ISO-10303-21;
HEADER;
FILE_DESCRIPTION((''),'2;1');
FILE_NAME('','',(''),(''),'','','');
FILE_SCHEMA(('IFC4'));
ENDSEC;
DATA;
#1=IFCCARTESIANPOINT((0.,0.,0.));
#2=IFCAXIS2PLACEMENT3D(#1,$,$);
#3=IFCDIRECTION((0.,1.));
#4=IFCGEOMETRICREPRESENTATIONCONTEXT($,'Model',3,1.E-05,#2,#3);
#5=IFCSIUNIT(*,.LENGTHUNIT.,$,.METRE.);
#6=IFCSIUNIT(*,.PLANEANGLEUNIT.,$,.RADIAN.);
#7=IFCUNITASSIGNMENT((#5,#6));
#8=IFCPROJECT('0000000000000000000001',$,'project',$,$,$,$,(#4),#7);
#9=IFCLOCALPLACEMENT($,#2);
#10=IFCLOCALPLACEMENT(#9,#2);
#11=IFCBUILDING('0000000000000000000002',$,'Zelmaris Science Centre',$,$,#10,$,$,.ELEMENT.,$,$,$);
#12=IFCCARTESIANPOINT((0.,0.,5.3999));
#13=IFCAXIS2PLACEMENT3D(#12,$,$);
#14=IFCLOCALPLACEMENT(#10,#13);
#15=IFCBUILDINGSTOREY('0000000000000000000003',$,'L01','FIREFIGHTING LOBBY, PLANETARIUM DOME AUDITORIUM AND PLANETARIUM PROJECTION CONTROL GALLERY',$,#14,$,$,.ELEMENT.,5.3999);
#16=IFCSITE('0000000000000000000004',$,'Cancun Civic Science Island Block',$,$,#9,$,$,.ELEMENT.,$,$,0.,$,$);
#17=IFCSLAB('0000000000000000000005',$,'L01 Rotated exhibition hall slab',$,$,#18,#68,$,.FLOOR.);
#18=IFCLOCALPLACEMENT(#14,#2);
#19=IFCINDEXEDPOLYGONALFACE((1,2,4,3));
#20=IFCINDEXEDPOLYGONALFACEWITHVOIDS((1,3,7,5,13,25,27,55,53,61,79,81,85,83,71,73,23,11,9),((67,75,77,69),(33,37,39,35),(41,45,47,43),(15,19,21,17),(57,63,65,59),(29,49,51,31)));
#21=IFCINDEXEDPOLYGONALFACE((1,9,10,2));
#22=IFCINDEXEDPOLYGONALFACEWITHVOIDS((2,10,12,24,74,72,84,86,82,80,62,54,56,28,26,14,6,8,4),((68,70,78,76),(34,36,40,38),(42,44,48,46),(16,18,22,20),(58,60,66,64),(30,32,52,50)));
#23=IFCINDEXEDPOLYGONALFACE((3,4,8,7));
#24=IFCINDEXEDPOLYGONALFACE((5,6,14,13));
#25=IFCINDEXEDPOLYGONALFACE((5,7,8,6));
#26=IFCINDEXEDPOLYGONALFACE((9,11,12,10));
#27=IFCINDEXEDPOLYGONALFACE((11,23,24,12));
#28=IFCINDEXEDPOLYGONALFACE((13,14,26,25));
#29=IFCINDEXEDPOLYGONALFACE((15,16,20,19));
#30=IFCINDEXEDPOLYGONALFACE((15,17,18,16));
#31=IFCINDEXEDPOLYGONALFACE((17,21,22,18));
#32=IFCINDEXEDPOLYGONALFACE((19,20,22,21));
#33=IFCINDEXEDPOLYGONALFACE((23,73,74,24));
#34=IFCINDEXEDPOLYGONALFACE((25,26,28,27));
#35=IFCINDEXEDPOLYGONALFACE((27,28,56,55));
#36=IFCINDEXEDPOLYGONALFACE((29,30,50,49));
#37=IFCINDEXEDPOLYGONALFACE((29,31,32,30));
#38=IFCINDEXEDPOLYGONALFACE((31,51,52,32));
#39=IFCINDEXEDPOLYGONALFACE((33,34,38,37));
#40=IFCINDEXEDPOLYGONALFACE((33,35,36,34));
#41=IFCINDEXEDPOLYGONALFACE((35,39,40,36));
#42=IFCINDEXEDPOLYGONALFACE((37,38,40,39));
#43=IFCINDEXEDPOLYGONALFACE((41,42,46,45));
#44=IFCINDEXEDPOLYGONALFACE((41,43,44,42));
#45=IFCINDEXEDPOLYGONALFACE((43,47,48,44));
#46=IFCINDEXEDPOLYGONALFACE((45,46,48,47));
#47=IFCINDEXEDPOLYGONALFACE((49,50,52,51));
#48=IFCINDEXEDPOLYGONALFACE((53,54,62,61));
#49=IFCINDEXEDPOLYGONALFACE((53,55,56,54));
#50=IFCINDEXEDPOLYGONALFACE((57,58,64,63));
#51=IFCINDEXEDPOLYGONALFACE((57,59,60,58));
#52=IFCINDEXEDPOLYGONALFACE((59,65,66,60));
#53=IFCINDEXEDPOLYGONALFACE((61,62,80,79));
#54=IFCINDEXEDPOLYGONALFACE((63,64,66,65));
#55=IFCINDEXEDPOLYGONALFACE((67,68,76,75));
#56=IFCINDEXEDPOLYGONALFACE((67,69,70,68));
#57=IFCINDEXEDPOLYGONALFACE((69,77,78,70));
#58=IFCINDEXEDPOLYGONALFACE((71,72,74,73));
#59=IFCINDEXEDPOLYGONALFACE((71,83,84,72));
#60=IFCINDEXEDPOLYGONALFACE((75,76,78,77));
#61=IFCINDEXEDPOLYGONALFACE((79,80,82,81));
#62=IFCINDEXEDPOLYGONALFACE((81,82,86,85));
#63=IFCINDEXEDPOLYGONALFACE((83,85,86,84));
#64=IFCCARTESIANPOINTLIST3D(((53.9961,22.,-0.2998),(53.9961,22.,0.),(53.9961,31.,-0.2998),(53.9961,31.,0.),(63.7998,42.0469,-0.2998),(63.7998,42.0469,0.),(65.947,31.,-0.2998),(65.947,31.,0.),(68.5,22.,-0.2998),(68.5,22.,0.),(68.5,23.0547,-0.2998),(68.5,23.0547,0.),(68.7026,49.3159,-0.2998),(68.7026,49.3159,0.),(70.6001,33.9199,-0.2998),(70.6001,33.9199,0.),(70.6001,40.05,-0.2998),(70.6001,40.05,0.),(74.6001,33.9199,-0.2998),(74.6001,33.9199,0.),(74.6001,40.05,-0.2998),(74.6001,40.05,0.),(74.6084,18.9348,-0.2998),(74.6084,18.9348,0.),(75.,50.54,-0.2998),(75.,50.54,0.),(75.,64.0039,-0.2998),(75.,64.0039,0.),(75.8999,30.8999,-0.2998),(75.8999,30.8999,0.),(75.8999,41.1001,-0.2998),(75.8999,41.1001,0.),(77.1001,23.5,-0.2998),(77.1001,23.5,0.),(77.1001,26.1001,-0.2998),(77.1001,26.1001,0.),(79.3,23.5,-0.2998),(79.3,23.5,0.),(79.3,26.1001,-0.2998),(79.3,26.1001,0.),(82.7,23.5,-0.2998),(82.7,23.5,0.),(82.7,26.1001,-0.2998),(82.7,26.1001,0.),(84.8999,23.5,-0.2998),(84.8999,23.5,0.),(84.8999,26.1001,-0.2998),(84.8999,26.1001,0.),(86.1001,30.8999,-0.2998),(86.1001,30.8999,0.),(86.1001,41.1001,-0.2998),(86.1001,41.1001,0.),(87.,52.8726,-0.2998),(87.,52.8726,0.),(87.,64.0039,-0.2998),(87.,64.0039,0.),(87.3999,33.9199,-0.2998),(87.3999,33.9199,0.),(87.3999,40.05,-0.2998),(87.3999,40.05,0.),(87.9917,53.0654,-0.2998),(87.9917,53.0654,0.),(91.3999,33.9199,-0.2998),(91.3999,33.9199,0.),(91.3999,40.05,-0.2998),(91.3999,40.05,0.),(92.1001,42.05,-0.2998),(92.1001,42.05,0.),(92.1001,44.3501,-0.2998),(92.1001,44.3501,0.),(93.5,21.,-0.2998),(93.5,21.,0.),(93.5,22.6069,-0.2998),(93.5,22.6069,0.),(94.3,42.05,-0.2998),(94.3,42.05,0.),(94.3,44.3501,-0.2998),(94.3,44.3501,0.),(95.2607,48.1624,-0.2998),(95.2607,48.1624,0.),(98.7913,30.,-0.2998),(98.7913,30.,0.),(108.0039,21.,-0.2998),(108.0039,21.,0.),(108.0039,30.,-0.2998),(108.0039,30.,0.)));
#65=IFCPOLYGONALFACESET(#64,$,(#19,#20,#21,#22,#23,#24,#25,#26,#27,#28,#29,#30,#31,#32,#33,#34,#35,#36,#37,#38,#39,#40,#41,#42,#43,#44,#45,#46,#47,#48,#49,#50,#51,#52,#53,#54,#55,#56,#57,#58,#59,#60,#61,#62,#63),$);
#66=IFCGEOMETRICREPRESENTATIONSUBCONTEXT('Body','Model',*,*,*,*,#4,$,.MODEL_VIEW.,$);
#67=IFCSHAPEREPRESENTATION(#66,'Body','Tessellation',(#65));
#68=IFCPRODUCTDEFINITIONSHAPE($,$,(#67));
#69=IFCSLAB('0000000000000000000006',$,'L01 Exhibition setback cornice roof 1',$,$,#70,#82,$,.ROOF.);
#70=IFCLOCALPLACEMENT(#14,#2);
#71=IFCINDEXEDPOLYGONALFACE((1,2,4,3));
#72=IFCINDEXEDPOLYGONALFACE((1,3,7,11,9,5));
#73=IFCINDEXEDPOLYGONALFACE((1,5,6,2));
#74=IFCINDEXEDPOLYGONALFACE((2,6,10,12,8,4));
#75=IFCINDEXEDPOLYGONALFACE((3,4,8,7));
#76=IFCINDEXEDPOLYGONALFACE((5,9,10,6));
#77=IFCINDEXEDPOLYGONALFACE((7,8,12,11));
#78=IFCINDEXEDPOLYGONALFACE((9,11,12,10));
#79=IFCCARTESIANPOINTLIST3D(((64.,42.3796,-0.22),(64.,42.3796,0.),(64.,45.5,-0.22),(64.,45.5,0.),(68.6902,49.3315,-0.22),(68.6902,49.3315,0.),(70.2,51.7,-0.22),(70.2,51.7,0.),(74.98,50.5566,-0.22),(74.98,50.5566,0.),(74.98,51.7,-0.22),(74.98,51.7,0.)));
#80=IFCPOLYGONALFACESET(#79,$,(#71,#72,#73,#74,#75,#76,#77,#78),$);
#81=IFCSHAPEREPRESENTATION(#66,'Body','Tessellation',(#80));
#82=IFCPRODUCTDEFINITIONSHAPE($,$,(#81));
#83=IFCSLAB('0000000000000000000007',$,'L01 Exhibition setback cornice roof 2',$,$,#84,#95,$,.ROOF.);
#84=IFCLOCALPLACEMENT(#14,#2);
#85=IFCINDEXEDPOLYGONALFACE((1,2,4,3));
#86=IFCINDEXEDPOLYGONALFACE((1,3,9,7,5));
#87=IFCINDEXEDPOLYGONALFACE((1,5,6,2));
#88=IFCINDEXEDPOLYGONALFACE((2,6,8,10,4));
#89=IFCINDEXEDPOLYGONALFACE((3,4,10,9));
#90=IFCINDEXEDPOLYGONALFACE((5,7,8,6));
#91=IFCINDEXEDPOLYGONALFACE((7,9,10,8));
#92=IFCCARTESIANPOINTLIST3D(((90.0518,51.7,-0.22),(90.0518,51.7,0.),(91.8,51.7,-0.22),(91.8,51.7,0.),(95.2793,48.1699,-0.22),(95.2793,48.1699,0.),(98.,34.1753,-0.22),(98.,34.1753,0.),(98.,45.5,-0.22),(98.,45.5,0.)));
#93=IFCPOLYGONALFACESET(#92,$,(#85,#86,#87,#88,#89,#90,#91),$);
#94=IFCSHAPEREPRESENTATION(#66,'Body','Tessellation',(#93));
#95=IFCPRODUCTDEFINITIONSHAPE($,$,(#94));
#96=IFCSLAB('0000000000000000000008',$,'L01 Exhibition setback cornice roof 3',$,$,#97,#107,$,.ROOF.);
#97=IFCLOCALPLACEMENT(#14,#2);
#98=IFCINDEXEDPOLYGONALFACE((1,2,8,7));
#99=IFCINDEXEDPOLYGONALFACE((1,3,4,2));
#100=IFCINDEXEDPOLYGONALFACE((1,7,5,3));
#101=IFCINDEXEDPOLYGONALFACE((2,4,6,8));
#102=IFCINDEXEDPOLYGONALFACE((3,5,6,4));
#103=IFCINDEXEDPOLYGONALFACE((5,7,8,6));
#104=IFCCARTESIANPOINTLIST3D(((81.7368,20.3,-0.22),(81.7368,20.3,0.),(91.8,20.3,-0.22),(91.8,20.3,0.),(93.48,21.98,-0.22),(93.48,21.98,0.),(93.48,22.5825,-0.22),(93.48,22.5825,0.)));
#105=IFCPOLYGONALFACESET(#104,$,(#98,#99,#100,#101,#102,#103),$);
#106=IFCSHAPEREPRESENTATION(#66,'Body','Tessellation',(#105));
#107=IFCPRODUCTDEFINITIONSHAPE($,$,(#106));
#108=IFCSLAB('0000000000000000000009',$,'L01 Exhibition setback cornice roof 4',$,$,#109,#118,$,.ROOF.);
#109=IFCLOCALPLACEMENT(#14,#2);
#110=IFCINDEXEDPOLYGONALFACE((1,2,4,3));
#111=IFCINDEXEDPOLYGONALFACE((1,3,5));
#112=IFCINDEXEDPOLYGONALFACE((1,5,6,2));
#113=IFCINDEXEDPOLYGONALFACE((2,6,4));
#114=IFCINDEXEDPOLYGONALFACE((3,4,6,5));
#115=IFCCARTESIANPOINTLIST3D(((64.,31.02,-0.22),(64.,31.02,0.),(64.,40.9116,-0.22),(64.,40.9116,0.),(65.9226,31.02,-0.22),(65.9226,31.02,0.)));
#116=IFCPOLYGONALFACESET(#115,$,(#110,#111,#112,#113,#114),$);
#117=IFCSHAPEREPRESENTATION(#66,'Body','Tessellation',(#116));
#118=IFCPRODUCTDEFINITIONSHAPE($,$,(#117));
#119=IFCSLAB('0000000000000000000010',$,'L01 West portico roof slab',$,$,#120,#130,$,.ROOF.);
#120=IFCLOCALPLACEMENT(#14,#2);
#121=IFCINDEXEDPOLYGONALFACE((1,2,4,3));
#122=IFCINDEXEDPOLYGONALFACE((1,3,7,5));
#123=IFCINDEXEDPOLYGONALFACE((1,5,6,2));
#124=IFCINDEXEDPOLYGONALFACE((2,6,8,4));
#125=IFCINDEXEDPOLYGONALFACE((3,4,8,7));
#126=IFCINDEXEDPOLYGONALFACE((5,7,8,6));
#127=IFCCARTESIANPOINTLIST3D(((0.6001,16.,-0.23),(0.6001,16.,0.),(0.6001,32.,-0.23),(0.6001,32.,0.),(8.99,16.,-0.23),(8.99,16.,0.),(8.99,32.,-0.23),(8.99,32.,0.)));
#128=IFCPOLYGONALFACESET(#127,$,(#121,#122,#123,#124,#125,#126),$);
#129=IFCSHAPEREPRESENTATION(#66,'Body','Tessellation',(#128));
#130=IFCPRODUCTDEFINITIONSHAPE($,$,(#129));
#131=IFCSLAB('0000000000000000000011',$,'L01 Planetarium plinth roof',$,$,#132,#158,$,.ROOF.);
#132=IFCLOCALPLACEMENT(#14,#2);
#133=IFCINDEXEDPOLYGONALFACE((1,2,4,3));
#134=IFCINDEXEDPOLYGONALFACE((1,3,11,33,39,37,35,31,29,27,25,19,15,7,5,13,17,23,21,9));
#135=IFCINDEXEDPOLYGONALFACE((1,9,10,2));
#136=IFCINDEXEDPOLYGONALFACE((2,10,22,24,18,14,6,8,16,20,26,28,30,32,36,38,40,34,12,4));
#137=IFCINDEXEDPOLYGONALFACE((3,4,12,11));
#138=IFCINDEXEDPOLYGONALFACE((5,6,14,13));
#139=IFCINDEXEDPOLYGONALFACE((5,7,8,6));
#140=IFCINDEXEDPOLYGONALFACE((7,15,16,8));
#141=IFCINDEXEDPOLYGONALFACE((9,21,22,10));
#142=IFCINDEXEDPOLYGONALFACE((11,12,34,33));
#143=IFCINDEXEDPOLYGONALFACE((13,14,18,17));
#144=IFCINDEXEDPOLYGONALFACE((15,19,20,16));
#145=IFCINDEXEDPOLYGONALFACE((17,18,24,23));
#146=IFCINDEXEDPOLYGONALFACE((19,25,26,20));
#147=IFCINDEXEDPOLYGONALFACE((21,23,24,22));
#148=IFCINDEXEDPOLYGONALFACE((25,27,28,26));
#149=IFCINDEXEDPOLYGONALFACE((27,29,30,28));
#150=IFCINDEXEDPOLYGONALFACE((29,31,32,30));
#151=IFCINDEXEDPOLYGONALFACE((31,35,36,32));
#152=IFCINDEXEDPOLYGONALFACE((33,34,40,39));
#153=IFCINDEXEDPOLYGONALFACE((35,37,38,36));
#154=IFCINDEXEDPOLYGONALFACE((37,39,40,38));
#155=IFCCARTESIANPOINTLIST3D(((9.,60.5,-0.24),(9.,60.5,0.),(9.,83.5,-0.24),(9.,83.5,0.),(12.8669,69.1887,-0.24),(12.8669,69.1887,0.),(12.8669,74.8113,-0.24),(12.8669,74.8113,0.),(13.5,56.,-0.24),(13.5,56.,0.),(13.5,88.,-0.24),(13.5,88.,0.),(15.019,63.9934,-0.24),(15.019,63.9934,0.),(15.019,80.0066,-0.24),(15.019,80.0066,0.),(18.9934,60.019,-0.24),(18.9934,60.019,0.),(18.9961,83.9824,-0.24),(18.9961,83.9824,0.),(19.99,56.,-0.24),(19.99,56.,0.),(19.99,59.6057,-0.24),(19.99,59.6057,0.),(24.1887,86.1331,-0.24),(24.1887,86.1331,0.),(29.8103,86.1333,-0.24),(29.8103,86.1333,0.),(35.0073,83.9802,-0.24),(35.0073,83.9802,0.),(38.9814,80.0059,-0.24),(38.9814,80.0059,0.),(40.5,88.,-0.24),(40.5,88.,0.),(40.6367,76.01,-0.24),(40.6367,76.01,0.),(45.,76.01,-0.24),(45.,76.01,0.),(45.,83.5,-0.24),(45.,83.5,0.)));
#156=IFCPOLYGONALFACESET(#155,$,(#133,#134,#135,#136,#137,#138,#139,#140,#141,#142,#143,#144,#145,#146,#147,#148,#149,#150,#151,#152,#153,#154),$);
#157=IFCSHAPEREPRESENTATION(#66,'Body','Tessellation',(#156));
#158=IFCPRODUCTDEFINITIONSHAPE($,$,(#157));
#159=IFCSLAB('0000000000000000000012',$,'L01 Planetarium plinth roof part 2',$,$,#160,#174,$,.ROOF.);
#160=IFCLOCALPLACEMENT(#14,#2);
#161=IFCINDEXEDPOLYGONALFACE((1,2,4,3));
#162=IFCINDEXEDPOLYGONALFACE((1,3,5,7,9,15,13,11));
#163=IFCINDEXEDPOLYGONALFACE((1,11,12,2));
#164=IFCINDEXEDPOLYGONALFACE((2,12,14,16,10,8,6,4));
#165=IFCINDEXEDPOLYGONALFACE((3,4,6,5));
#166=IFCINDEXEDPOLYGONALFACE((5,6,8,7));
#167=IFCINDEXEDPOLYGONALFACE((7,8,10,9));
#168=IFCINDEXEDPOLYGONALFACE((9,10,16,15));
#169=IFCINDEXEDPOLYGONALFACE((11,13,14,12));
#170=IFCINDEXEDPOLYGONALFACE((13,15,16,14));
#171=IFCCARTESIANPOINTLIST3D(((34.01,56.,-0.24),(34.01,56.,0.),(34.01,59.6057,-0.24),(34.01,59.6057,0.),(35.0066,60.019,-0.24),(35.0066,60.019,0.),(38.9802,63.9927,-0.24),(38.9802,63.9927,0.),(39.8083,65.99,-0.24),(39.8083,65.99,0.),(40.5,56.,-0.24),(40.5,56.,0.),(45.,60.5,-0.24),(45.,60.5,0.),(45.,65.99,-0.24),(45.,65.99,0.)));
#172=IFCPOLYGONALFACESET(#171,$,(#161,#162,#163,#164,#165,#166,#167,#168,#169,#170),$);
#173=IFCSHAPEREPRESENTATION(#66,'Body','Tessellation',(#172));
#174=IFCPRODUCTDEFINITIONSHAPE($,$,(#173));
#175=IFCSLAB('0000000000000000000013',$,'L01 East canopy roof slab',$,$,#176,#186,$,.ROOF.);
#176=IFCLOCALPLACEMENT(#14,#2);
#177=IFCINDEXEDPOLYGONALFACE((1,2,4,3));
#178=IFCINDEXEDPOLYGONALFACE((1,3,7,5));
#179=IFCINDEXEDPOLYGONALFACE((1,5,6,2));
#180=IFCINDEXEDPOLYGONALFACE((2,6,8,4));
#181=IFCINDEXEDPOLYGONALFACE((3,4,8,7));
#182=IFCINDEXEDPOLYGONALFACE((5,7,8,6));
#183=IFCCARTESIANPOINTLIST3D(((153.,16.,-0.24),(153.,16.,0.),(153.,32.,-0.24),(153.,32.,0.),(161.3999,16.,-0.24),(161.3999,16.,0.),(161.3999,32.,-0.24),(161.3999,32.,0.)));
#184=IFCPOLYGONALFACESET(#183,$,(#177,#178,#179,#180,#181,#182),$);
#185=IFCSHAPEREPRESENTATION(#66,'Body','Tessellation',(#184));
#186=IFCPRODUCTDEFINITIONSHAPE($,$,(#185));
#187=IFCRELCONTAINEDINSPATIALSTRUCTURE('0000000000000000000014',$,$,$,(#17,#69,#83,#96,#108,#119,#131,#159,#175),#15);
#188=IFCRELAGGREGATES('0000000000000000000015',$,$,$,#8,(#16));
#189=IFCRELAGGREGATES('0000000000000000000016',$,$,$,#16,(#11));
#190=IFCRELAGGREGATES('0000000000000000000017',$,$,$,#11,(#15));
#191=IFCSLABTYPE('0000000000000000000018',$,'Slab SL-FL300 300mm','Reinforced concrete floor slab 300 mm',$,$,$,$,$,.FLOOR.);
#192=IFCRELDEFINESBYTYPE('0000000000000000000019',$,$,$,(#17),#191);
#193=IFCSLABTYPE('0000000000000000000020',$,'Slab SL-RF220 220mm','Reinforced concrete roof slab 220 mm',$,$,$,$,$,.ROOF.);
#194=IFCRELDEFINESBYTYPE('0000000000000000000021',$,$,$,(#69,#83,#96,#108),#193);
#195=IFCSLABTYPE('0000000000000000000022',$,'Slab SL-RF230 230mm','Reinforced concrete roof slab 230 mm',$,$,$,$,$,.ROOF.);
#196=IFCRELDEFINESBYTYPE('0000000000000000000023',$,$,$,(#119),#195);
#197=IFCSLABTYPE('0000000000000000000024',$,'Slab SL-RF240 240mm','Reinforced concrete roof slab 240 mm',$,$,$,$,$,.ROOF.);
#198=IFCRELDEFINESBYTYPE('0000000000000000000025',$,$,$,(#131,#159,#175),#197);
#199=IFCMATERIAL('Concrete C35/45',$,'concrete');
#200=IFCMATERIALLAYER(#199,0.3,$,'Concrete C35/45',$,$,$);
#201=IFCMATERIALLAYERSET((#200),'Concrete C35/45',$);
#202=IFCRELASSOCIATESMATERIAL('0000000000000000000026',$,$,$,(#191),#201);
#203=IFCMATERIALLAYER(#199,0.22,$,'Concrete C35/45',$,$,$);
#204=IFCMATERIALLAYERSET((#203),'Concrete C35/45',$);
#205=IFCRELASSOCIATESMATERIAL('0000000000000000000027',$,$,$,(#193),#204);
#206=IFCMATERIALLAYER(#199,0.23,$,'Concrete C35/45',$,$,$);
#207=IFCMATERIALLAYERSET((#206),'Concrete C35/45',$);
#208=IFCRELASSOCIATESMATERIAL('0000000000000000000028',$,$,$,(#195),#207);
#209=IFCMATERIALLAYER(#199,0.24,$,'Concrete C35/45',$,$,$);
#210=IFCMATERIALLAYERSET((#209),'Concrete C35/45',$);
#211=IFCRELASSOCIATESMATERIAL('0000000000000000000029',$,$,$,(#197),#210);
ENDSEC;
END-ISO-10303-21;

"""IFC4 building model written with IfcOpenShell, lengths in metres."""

from ifc_helpers import new_model, si_unit, direction, frame, origin, place, context, subcontext, project, spatial, polyline, outline, extrude, material, layer, layer_set, type_object, element, save


model = new_model("IFC4")

# Units and contexts
model_context = context("Model", 3, precision=1e-05, world=origin(), true_north=direction((0.0, 1.0)))
body_context = subcontext(model_context, "Body", "Model", "MODEL_VIEW")
ifc_project = project(units=[si_unit("LENGTHUNIT", "METRE"), si_unit("PLANEANGLEUNIT", "RADIAN")], contexts=[model_context])

# Site, building, storey
site_placement = place(None, origin())
site = spatial("IfcSite", under=ifc_project, at=site_placement, Name="Cancun Civic Science Island Block", CompositionType="ELEMENT", RefElevation=0.0)
building_placement = place(site_placement, origin())
building = spatial("IfcBuilding", under=site, at=building_placement, Name="Zelmaris Science Centre", CompositionType="ELEMENT")
storey_placement = place(building_placement, frame((0.0, 0.0, 5.3999)))
storey = spatial("IfcBuildingStorey", under=building, at=storey_placement, Name="L01", Description="FIREFIGHTING LOBBY, PLANETARIUM DOME AUDITORIUM AND PLANETARIUM PROJECTION CONTROL GALLERY", CompositionType="ELEMENT", Elevation=5.3999)

# Slabs
ifc_material_1 = material(Name="Concrete C35/45", Category="concrete")
ifc_layer_1 = layer(ifc_material_1, 0.3, Name="Concrete C35/45")
ifc_layer_set_1 = layer_set([ifc_layer_1], Name="Concrete C35/45")
slab_type_1 = type_object("IfcSlabType", Name="Slab SL-FL300 300mm", Description="Reinforced concrete floor slab 300 mm", PredefinedType="FLOOR", material=ifc_layer_set_1)
slab_1_placement = place(storey_placement, frame((0.0, 0.0, -0.2998)))
element("IfcSlab", 1, at=slab_1_placement, inside=storey, type_object=slab_type_1, Name="L01 Rotated exhibition hall slab", PredefinedType="FLOOR", context=body_context, shape_type="SweptSolid", body=[
    extrude(outline(polyline([(75.0, 64.0039), (87.0, 64.0039), (87.0, 52.8726), (87.9917, 53.0654), (95.2607, 48.1624), (98.7913, 30.0), (108.0039, 30.0), (108.0039, 21.0), (93.5, 21.0), (93.5, 22.6069), (74.6084, 18.9348), (68.5, 23.0547), (68.5, 22.0), (53.9961, 22.0), (53.9961, 31.0), (65.947, 31.0), (63.7998, 42.0469), (68.7026, 49.3159), (75.0, 50.54), (75.0, 64.0039)]), holes=[polyline([(75.8999, 30.8999), (86.1001, 30.8999), (86.1001, 41.1001), (75.8999, 41.1001), (75.8999, 30.8999)]), polyline([(74.6001, 33.9199), (74.6001, 40.05), (70.6001, 40.05), (70.6001, 33.9199), (74.6001, 33.9199)]), polyline([(91.3999, 33.9199), (91.3999, 40.05), (87.3999, 40.05), (87.3999, 33.9199), (91.3999, 33.9199)]), polyline([(77.1001, 23.5), (79.3, 23.5), (79.3, 26.1001), (77.1001, 26.1001), (77.1001, 23.5)]), polyline([(82.7, 23.5), (84.8999, 23.5), (84.8999, 26.1001), (82.7, 26.1001), (82.7, 23.5)]), polyline([(92.1001, 42.05), (94.3, 42.05), (94.3, 44.3501), (92.1001, 44.3501), (92.1001, 42.05)])]), origin(), (0.0, 0.0, 1.0), 0.2998),
])
ifc_layer_2 = layer(ifc_material_1, 0.22, Name="Concrete C35/45")
ifc_layer_set_2 = layer_set([ifc_layer_2], Name="Concrete C35/45")
slab_type_2 = type_object("IfcSlabType", Name="Slab SL-RF220 220mm", Description="Reinforced concrete roof slab 220 mm", PredefinedType="ROOF", material=ifc_layer_set_2)
slab_2_placement = place(storey_placement, frame((0.0, 0.0, -0.22)))
element("IfcSlab", 2, at=slab_2_placement, inside=storey, type_object=slab_type_2, Name="L01 Exhibition setback cornice roof 1", PredefinedType="ROOF", context=body_context, shape_type="SweptSolid", body=[
    extrude(outline(polyline([(70.2, 51.7), (74.98, 51.7), (74.98, 50.5566), (68.6902, 49.3315), (64.0, 42.3796), (64.0, 45.5), (70.2, 51.7)])), origin(), (0.0, 0.0, 1.0), 0.22),
])
slab_3_placement = place(storey_placement, frame((0.0, 0.0, -0.22)))
element("IfcSlab", 3, at=slab_3_placement, inside=storey, type_object=slab_type_2, Name="L01 Exhibition setback cornice roof 2", PredefinedType="ROOF", context=body_context, shape_type="SweptSolid", body=[
    extrude(outline(polyline([(98.0, 45.5), (98.0, 34.1753), (95.2793, 48.1699), (90.0518, 51.7), (91.8, 51.7), (98.0, 45.5)])), origin(), (0.0, 0.0, 1.0), 0.22),
])
slab_4_placement = place(storey_placement, frame((0.0, 0.0, -0.22)))
element("IfcSlab", 4, at=slab_4_placement, inside=storey, type_object=slab_type_2, Name="L01 Exhibition setback cornice roof 3", PredefinedType="ROOF", context=body_context, shape_type="SweptSolid", body=[
    extrude(outline(polyline([(81.7368, 20.3), (93.48, 22.5825), (93.48, 21.98), (91.8, 20.3), (81.7368, 20.3)])), origin(), (0.0, 0.0, 1.0), 0.22),
])
slab_5_placement = place(storey_placement, frame((0.0, 0.0, -0.22)))
element("IfcSlab", 5, at=slab_5_placement, inside=storey, type_object=slab_type_2, Name="L01 Exhibition setback cornice roof 4", PredefinedType="ROOF", context=body_context, shape_type="SweptSolid", body=[
    extrude(outline(polyline([(65.9226, 31.02), (64.0, 31.02), (64.0, 40.9116), (65.9226, 31.02)])), origin(), (0.0, 0.0, 1.0), 0.22),
])
ifc_layer_3 = layer(ifc_material_1, 0.23, Name="Concrete C35/45")
ifc_layer_set_3 = layer_set([ifc_layer_3], Name="Concrete C35/45")
slab_type_3 = type_object("IfcSlabType", Name="Slab SL-RF230 230mm", Description="Reinforced concrete roof slab 230 mm", PredefinedType="ROOF", material=ifc_layer_set_3)
slab_6_placement = place(storey_placement, frame((0.0, 0.0, -0.23)))
element("IfcSlab", 6, at=slab_6_placement, inside=storey, type_object=slab_type_3, Name="L01 West portico roof slab", PredefinedType="ROOF", context=body_context, shape_type="SweptSolid", body=[
    extrude(outline(polyline([(0.6001, 16.0), (0.6001, 32.0), (8.99, 32.0), (8.99, 16.0), (0.6001, 16.0)])), origin(), (0.0, 0.0, 1.0), 0.23),
])
ifc_layer_4 = layer(ifc_material_1, 0.24, Name="Concrete C35/45")
ifc_layer_set_4 = layer_set([ifc_layer_4], Name="Concrete C35/45")
slab_type_4 = type_object("IfcSlabType", Name="Slab SL-RF240 240mm", Description="Reinforced concrete roof slab 240 mm", PredefinedType="ROOF", material=ifc_layer_set_4)
slab_7_placement = place(storey_placement, frame((0.0, 0.0, -0.24)))
element("IfcSlab", 7, at=slab_7_placement, inside=storey, type_object=slab_type_4, Name="L01 Planetarium plinth roof", PredefinedType="ROOF", context=body_context, shape_type="SweptSolid", body=[
    extrude(outline(polyline([(13.5, 56.0), (9.0, 60.5), (9.0, 83.5), (13.5, 88.0), (40.5, 88.0), (45.0, 83.5), (45.0, 76.01), (40.6367, 76.01), (38.9814, 80.0059), (35.0073, 83.9802), (29.8103, 86.1333), (24.1887, 86.1331), (18.9961, 83.9824), (15.019, 80.0066), (12.8669, 74.8113), (12.8669, 69.1887), (15.019, 63.9934), (18.9934, 60.019), (19.99, 59.6057), (19.99, 56.0), (13.5, 56.0)])), origin(), (0.0, 0.0, 1.0), 0.24),
])
slab_8_placement = place(storey_placement, frame((0.0, 0.0, -0.24)))
element("IfcSlab", 8, at=slab_8_placement, inside=storey, type_object=slab_type_4, Name="L01 Planetarium plinth roof part 2", PredefinedType="ROOF", context=body_context, shape_type="SweptSolid", body=[
    extrude(outline(polyline([(45.0, 60.5), (40.5, 56.0), (34.01, 56.0), (34.01, 59.6057), (35.0066, 60.019), (38.9802, 63.9927), (39.8083, 65.99), (45.0, 65.99), (45.0, 60.5)])), origin(), (0.0, 0.0, 1.0), 0.24),
])
slab_9_placement = place(storey_placement, frame((0.0, 0.0, -0.24)))
element("IfcSlab", 9, at=slab_9_placement, inside=storey, type_object=slab_type_4, Name="L01 East canopy roof slab", PredefinedType="ROOF", context=body_context, shape_type="SweptSolid", body=[
    extrude(outline(polyline([(153.0, 32.0), (161.3999, 32.0), (161.3999, 16.0), (153.0, 16.0), (153.0, 32.0)])), origin(), (0.0, 0.0, 1.0), 0.24),
])

save(model, "model.ifc")
